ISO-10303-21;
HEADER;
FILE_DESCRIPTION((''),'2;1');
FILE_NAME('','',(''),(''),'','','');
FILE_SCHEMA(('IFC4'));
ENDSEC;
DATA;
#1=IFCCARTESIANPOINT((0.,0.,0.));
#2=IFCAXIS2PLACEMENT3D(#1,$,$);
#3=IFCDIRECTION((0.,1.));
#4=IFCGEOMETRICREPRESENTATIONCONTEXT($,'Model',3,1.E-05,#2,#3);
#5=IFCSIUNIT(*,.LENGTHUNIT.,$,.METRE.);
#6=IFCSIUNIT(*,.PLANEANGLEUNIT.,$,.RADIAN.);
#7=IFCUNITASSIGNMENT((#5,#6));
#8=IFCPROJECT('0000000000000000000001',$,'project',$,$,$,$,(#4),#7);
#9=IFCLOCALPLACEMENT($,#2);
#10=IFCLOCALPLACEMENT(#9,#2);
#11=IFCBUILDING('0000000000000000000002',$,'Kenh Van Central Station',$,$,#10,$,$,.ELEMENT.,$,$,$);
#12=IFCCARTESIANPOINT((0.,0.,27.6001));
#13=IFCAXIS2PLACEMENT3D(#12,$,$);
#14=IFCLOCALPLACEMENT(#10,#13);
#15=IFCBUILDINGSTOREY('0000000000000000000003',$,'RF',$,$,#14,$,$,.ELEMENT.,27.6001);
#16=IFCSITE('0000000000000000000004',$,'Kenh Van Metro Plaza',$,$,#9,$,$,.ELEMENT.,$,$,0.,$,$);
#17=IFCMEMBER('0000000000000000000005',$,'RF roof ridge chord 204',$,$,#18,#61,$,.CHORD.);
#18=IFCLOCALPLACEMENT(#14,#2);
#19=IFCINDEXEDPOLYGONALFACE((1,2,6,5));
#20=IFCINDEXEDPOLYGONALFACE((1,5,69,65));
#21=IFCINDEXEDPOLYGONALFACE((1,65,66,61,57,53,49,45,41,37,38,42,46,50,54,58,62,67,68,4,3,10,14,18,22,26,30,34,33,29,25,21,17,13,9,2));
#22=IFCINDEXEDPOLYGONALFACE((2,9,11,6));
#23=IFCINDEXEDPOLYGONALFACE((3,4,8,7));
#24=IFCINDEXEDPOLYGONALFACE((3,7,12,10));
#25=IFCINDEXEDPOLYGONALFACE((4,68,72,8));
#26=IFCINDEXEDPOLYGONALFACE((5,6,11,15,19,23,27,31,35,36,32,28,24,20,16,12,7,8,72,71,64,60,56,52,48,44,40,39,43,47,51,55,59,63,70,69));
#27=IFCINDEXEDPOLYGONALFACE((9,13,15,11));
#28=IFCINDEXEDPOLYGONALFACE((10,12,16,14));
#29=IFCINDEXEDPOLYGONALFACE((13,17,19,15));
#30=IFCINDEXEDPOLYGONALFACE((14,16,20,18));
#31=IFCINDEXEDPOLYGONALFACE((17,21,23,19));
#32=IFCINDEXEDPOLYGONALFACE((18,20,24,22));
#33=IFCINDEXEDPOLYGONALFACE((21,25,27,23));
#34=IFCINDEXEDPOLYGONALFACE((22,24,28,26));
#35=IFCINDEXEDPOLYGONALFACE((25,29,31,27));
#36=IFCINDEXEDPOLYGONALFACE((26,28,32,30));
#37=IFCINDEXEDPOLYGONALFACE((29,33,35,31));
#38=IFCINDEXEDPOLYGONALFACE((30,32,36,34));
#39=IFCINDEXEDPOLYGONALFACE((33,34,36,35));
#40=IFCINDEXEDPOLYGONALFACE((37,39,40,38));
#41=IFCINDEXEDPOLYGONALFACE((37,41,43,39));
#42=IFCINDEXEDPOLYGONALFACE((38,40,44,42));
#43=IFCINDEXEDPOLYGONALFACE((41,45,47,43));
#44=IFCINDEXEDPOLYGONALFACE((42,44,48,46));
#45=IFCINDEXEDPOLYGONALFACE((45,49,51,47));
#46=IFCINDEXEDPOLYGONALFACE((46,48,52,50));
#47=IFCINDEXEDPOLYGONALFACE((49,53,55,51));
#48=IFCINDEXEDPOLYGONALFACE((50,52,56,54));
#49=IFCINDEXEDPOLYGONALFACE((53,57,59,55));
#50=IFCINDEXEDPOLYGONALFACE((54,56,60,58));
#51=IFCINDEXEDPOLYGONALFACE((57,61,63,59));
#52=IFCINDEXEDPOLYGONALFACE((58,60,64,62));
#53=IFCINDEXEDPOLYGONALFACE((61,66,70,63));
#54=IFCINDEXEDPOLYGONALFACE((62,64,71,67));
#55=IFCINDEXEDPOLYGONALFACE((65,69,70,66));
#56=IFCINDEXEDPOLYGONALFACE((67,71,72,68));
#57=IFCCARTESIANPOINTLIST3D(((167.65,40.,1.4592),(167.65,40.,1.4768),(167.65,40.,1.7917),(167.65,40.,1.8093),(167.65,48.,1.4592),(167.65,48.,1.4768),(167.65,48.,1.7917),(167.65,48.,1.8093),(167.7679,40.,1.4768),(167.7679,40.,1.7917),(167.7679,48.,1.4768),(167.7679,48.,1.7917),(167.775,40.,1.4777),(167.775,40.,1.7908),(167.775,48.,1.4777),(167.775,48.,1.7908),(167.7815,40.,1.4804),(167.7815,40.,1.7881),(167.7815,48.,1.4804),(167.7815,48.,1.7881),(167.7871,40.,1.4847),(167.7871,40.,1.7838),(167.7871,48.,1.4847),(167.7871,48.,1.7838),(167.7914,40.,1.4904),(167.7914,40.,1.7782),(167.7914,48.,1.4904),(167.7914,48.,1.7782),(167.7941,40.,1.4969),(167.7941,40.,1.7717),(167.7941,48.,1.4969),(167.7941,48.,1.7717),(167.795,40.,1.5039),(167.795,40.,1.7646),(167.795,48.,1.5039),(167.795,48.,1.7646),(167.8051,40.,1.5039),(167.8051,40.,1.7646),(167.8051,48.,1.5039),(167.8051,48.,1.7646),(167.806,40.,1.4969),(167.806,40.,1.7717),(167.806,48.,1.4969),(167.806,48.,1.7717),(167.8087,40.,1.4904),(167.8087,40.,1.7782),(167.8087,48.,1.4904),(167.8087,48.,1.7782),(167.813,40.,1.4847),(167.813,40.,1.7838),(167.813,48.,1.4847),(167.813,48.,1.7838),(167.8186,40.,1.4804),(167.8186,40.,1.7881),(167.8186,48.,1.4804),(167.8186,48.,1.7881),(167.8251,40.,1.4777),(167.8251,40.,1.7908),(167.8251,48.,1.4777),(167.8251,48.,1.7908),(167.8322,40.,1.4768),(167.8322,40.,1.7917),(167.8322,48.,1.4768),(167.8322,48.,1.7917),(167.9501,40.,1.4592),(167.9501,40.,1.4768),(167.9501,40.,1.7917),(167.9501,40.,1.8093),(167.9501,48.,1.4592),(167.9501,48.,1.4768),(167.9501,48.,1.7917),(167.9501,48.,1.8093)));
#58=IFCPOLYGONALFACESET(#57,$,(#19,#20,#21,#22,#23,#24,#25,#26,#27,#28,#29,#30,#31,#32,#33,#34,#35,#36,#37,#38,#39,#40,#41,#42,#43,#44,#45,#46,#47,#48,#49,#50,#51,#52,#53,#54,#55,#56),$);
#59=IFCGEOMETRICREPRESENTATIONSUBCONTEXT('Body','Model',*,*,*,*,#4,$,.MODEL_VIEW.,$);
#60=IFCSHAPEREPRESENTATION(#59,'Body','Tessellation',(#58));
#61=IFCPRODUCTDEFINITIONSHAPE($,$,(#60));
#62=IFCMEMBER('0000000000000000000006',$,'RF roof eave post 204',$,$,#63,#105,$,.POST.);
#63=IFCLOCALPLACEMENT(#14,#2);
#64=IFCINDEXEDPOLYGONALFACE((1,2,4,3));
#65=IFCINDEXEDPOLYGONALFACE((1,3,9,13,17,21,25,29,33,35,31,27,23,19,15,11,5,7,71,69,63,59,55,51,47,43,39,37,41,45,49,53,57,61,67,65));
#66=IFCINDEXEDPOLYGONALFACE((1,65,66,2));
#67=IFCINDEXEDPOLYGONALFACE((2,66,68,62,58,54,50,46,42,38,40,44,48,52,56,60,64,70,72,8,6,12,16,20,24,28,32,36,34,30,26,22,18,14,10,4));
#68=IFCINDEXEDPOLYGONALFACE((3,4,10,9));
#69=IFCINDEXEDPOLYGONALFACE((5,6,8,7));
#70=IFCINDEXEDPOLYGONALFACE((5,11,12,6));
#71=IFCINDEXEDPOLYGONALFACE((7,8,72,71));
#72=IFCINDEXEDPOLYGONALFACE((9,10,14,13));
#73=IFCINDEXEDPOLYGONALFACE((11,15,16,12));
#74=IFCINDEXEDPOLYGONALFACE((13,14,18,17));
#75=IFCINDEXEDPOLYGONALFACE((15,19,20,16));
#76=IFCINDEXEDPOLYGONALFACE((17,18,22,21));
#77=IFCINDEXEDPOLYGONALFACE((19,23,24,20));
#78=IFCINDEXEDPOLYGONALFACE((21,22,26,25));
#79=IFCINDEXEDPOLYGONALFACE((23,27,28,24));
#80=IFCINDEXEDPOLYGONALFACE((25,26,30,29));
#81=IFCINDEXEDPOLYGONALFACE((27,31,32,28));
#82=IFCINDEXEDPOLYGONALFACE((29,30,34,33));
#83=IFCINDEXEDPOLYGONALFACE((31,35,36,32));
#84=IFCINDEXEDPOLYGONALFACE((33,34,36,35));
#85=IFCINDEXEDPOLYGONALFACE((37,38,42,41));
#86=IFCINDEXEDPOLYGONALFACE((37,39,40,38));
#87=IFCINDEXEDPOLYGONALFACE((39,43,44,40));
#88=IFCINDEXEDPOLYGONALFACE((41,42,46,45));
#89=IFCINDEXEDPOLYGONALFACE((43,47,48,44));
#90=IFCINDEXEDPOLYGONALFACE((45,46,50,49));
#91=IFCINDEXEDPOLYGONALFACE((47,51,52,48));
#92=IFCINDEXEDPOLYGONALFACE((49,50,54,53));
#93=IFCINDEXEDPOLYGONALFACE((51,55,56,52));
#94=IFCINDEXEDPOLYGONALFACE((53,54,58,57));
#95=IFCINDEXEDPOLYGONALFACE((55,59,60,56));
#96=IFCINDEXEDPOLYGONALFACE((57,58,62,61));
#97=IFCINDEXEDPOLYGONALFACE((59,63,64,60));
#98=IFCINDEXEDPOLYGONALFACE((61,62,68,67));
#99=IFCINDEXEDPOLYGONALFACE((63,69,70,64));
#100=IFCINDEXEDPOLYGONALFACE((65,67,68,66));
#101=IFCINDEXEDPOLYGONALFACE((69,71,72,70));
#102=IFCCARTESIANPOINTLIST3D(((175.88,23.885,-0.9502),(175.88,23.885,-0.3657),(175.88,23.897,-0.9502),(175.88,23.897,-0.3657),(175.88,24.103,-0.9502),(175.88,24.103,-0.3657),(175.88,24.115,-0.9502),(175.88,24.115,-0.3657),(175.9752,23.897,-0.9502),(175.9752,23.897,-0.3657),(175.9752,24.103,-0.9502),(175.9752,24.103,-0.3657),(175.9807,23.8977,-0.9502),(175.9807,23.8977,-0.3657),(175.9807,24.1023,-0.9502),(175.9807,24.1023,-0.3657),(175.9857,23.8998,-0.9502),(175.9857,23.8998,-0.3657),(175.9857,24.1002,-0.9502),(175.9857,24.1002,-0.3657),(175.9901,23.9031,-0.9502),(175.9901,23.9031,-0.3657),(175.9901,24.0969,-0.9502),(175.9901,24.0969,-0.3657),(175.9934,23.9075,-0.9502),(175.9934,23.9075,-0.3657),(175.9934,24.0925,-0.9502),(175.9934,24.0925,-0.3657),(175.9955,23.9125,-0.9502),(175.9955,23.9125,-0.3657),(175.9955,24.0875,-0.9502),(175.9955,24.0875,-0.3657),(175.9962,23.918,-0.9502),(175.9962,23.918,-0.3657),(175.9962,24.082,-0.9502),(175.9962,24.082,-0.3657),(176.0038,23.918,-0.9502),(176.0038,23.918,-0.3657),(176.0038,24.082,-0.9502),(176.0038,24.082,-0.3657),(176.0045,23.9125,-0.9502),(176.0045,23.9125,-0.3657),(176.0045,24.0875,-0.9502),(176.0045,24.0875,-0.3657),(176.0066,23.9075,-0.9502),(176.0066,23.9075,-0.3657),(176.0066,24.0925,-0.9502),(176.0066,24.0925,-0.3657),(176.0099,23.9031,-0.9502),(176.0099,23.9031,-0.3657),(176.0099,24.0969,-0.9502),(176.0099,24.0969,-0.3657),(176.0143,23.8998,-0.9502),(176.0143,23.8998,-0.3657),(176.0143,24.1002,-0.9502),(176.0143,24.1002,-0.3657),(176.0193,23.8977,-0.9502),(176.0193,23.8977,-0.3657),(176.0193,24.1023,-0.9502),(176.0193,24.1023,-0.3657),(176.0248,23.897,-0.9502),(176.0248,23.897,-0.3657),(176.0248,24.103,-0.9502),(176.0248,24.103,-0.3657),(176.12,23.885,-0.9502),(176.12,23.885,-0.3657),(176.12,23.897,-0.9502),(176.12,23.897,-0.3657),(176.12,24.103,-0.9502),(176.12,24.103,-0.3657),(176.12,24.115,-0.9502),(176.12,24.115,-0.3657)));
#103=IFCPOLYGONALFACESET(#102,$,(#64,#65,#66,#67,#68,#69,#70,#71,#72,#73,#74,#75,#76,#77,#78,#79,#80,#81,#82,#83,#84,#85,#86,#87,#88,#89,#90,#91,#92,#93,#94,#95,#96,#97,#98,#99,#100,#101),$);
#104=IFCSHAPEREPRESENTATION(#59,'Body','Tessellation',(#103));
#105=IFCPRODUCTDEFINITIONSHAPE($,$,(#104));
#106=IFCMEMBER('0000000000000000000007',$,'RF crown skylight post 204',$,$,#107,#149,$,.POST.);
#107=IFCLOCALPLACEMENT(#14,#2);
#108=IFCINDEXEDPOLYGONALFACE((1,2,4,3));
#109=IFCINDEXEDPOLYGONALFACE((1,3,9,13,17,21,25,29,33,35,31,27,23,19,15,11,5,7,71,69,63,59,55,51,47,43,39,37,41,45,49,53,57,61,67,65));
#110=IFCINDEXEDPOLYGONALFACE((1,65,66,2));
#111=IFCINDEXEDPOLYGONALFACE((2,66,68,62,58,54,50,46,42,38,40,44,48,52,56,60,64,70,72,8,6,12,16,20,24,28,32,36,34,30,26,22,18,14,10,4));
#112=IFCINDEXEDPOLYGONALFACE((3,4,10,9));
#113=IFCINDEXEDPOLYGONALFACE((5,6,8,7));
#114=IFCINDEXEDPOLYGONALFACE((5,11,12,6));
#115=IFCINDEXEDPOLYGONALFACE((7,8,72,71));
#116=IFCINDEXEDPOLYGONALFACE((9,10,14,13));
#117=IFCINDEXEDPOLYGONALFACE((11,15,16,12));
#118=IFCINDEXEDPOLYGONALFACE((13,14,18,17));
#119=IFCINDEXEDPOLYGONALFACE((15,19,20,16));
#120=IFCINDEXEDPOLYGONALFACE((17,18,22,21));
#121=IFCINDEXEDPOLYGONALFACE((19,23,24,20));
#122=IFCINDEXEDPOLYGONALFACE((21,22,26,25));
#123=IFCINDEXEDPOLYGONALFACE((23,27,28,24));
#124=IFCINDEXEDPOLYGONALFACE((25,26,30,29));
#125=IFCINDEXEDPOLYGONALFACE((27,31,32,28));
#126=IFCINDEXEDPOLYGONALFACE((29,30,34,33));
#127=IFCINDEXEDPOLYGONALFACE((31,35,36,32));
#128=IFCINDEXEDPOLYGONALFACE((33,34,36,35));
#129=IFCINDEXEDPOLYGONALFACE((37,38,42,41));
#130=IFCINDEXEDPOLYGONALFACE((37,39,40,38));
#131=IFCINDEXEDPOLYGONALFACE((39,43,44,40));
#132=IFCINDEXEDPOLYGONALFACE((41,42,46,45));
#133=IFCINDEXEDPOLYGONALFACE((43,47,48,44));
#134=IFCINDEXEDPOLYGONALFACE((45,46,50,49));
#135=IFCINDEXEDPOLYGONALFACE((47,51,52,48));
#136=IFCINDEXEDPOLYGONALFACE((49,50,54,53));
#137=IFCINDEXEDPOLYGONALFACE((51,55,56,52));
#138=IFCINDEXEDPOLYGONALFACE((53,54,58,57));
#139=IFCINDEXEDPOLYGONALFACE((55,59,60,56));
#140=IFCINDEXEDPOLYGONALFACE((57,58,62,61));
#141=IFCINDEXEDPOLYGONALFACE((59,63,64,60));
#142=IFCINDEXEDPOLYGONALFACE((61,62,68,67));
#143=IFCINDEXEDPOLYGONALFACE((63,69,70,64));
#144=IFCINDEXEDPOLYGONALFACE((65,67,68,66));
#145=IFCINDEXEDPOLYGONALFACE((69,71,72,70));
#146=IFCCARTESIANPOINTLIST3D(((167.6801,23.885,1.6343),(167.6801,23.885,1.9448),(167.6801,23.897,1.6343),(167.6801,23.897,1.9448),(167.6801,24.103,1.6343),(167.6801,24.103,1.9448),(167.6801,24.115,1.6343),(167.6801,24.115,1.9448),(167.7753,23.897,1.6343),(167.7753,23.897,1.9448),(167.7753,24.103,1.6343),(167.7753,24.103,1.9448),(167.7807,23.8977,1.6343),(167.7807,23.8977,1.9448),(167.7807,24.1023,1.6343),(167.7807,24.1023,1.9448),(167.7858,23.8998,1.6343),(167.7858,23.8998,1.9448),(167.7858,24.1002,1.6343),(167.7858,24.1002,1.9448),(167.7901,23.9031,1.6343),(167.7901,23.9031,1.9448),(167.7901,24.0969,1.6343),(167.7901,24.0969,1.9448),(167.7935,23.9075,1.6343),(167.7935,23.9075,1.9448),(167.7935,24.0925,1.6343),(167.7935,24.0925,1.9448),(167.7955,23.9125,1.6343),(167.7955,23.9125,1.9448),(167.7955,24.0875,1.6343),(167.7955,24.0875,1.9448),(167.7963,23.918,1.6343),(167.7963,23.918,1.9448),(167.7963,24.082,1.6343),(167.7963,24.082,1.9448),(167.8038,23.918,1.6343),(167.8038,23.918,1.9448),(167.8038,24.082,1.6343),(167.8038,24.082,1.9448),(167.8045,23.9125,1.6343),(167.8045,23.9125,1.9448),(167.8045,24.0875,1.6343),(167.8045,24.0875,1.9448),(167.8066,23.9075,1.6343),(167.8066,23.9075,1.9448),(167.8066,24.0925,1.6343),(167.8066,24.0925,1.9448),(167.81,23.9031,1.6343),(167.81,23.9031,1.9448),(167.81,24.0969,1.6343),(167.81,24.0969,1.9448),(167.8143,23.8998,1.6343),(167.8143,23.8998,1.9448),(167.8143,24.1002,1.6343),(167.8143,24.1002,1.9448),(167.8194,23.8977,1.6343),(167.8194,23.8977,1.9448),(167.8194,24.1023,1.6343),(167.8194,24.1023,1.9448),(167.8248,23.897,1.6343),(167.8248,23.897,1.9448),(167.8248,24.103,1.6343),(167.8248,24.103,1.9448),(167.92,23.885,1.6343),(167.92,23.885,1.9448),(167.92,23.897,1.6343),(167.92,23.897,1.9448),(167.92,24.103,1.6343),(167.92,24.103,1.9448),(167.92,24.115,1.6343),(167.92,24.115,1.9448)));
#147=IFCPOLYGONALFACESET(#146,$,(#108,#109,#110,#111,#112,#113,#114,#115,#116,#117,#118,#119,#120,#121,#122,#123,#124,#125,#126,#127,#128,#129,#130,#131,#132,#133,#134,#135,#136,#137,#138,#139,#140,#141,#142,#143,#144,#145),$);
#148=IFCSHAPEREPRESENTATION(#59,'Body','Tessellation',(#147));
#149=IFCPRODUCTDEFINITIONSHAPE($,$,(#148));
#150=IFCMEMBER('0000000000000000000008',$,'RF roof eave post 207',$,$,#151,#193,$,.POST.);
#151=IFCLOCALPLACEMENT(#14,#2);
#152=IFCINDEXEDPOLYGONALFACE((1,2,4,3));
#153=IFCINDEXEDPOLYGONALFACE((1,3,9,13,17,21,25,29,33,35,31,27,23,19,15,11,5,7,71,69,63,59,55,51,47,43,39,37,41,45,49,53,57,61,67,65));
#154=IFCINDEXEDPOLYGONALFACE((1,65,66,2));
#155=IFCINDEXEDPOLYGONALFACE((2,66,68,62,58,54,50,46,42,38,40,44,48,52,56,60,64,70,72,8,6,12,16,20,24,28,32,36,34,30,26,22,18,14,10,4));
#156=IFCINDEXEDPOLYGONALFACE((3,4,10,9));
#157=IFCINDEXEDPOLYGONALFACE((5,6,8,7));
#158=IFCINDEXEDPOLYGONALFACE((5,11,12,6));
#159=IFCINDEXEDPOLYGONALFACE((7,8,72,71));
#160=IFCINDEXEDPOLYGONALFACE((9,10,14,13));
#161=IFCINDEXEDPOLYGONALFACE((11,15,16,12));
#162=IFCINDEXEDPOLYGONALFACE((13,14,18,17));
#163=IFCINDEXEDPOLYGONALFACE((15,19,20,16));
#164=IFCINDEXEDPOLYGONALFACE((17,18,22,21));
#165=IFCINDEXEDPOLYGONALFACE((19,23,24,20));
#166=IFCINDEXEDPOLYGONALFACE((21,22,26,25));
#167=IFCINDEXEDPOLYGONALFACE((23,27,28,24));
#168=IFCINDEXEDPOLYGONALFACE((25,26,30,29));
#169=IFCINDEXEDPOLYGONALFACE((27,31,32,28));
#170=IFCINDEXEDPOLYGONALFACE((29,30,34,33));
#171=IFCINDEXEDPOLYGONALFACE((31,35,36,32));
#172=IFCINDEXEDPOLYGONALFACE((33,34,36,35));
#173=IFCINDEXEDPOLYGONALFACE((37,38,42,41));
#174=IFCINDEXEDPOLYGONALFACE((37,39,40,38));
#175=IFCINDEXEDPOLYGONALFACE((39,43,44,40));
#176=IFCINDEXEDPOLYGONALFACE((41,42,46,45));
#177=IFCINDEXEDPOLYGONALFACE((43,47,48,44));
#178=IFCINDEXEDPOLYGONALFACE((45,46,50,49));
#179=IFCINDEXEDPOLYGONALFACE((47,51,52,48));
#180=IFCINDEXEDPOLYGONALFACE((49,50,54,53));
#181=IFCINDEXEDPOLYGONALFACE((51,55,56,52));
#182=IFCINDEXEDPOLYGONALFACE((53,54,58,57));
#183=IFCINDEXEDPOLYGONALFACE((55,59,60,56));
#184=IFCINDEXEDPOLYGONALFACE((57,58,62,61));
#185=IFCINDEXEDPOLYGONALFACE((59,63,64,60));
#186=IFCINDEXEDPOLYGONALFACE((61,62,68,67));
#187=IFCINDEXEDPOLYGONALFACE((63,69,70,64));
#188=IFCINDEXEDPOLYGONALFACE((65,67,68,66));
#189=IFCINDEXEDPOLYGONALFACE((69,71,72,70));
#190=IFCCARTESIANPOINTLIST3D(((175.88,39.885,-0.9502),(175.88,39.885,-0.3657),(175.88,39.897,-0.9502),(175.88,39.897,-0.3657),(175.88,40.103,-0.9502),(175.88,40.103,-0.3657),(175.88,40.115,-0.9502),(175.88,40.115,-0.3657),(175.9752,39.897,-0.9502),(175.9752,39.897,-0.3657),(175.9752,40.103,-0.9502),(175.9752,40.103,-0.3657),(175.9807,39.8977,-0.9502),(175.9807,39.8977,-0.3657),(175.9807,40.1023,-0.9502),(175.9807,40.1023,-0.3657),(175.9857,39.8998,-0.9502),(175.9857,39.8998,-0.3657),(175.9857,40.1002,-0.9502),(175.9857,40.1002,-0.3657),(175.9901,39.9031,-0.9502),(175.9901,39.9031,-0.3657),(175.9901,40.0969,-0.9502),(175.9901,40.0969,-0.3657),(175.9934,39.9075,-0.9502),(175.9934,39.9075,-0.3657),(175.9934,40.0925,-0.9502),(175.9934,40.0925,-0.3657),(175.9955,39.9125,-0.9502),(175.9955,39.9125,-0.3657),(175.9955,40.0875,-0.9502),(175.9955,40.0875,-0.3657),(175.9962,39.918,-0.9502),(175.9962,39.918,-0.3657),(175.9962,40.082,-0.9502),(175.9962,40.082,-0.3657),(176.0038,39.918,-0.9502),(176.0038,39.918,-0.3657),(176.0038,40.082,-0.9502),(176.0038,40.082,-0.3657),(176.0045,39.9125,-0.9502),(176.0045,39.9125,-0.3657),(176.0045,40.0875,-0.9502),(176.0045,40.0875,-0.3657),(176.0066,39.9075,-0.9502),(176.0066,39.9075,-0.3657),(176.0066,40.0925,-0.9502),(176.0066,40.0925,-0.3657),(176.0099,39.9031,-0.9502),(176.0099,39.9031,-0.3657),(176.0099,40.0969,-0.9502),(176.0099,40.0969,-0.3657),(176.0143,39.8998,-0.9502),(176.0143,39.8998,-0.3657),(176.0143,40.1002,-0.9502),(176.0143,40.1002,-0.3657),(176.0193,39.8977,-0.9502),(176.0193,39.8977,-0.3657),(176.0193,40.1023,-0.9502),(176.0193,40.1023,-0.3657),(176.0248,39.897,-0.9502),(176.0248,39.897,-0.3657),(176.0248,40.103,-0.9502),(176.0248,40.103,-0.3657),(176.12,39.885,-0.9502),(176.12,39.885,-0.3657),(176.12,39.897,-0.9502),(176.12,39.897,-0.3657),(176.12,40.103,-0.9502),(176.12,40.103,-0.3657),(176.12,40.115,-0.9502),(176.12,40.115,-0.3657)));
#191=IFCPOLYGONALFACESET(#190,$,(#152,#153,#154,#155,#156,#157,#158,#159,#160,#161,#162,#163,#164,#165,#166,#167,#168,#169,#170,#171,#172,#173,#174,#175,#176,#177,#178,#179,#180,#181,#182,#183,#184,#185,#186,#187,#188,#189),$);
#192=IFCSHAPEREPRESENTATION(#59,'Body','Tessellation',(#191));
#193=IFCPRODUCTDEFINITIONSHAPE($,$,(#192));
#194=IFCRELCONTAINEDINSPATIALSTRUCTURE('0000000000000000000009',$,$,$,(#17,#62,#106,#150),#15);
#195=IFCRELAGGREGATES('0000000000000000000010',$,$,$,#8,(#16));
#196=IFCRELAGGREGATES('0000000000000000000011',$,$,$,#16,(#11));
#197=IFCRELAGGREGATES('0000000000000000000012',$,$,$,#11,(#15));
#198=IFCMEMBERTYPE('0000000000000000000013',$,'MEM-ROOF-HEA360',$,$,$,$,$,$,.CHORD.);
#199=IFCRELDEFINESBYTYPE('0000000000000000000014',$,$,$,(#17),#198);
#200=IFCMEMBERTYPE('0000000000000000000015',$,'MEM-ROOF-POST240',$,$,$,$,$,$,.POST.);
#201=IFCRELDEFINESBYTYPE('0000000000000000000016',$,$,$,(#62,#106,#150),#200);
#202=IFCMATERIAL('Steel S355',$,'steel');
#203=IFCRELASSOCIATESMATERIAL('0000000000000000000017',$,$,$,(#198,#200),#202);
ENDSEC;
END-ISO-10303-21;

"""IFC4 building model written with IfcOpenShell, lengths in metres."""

from ifc_helpers import new_model, si_unit, direction, frame, origin, origin_2d, place, context, subcontext, project, spatial, i_section, extrude, material, material_profile, profile_set, type_object, element, save


model = new_model("IFC4")

# Units and contexts
model_context = context("Model", 3, precision=1e-05, world=origin(), true_north=direction((0.0, 1.0)))
body_context = subcontext(model_context, "Body", "Model", "MODEL_VIEW")
ifc_project = project(units=[si_unit("LENGTHUNIT", "METRE"), si_unit("PLANEANGLEUNIT", "RADIAN")], contexts=[model_context])

# Site, building, storey
site_placement = place(None, origin())
site = spatial("IfcSite", under=ifc_project, at=site_placement, Name="Kenh Van Metro Plaza", CompositionType="ELEMENT", RefElevation=0.0)
building_placement = place(site_placement, origin())
building = spatial("IfcBuilding", under=site, at=building_placement, Name="Kenh Van Central Station", CompositionType="ELEMENT")
storey_placement = place(building_placement, frame((0.0, 0.0, 27.6001)))
storey = spatial("IfcBuildingStorey", under=building, at=storey_placement, Name="RF", CompositionType="ELEMENT", Elevation=27.6001)

# Shared definitions
ifc_material_1 = material(Name="Steel S355", Category="steel")

# Members
ifc_material_profile_1 = material_profile(ifc_material_1, i_section(OverallWidth=0.3, OverallDepth=0.3501, WebThickness=0.01, FlangeThickness=0.0176, FilletRadius=0.0271, at=origin_2d()), Name="HEA 360")
ifc_profile_set_1 = profile_set([ifc_material_profile_1], Name="Steel S355")
member_type_1 = type_object("IfcMemberType", Name="MEM-ROOF-HEA360", PredefinedType="CHORD", material=ifc_profile_set_1)
member_1_placement = place(storey_placement, frame((167.8, 40.0, 1.6343), z_axis=(0.0, 1.0, 0.0), x_axis=(-1.0, 0.0, 0.0)))
element("IfcMember", 1, at=member_1_placement, inside=storey, type_object=member_type_1, Name="RF roof ridge chord 204", PredefinedType="CHORD", context=body_context, shape_type="SweptSolid", body=[
    extrude(i_section(OverallWidth=0.3, OverallDepth=0.3501, WebThickness=0.01, FlangeThickness=0.0176, FilletRadius=0.0271, at=origin_2d()), origin(), (0.0, 0.0, 1.0), 8.0),
])
ifc_material_profile_2 = material_profile(ifc_material_1, i_section(OverallWidth=0.24, OverallDepth=0.23, WebThickness=0.0076, FlangeThickness=0.012, FilletRadius=0.021, at=origin_2d()), Name="HEA 240")
ifc_profile_set_2 = profile_set([ifc_material_profile_2], Name="Steel S355")
member_type_2 = type_object("IfcMemberType", Name="MEM-ROOF-POST240", PredefinedType="POST", material=ifc_profile_set_2)
member_2_placement = place(storey_placement, frame((176.0, 24.0, -0.9502), z_axis=(0.0, 0.0, 1.0), x_axis=(1.0, 0.0, 0.0)))
element("IfcMember", 2, at=member_2_placement, inside=storey, type_object=member_type_2, Name="RF roof eave post 204", PredefinedType="POST", context=body_context, shape_type="SweptSolid", body=[
    extrude(i_section(OverallWidth=0.24, OverallDepth=0.23, WebThickness=0.0076, FlangeThickness=0.012, FilletRadius=0.021, at=origin_2d()), origin(), (0.0, 0.0, 1.0), 0.5845),
])
member_3_placement = place(storey_placement, frame((167.8, 24.0, 1.6343), z_axis=(0.0, 0.0, 1.0), x_axis=(1.0, 0.0, 0.0)))
element("IfcMember", 3, at=member_3_placement, inside=storey, type_object=member_type_2, Name="RF crown skylight post 204", PredefinedType="POST", context=body_context, shape_type="SweptSolid", body=[
    extrude(i_section(OverallWidth=0.24, OverallDepth=0.23, WebThickness=0.0076, FlangeThickness=0.012, FilletRadius=0.021, at=origin_2d()), origin(), (0.0, 0.0, 1.0), 0.3105),
])
member_4_placement = place(storey_placement, frame((176.0, 40.0, -0.9502), z_axis=(0.0, 0.0, 1.0), x_axis=(1.0, 0.0, 0.0)))
element("IfcMember", 4, at=member_4_placement, inside=storey, type_object=member_type_2, Name="RF roof eave post 207", PredefinedType="POST", context=body_context, shape_type="SweptSolid", body=[
    extrude(i_section(OverallWidth=0.24, OverallDepth=0.23, WebThickness=0.0076, FlangeThickness=0.012, FilletRadius=0.021, at=origin_2d()), origin(), (0.0, 0.0, 1.0), 0.5845),
])

save(model, "model.ifc")
